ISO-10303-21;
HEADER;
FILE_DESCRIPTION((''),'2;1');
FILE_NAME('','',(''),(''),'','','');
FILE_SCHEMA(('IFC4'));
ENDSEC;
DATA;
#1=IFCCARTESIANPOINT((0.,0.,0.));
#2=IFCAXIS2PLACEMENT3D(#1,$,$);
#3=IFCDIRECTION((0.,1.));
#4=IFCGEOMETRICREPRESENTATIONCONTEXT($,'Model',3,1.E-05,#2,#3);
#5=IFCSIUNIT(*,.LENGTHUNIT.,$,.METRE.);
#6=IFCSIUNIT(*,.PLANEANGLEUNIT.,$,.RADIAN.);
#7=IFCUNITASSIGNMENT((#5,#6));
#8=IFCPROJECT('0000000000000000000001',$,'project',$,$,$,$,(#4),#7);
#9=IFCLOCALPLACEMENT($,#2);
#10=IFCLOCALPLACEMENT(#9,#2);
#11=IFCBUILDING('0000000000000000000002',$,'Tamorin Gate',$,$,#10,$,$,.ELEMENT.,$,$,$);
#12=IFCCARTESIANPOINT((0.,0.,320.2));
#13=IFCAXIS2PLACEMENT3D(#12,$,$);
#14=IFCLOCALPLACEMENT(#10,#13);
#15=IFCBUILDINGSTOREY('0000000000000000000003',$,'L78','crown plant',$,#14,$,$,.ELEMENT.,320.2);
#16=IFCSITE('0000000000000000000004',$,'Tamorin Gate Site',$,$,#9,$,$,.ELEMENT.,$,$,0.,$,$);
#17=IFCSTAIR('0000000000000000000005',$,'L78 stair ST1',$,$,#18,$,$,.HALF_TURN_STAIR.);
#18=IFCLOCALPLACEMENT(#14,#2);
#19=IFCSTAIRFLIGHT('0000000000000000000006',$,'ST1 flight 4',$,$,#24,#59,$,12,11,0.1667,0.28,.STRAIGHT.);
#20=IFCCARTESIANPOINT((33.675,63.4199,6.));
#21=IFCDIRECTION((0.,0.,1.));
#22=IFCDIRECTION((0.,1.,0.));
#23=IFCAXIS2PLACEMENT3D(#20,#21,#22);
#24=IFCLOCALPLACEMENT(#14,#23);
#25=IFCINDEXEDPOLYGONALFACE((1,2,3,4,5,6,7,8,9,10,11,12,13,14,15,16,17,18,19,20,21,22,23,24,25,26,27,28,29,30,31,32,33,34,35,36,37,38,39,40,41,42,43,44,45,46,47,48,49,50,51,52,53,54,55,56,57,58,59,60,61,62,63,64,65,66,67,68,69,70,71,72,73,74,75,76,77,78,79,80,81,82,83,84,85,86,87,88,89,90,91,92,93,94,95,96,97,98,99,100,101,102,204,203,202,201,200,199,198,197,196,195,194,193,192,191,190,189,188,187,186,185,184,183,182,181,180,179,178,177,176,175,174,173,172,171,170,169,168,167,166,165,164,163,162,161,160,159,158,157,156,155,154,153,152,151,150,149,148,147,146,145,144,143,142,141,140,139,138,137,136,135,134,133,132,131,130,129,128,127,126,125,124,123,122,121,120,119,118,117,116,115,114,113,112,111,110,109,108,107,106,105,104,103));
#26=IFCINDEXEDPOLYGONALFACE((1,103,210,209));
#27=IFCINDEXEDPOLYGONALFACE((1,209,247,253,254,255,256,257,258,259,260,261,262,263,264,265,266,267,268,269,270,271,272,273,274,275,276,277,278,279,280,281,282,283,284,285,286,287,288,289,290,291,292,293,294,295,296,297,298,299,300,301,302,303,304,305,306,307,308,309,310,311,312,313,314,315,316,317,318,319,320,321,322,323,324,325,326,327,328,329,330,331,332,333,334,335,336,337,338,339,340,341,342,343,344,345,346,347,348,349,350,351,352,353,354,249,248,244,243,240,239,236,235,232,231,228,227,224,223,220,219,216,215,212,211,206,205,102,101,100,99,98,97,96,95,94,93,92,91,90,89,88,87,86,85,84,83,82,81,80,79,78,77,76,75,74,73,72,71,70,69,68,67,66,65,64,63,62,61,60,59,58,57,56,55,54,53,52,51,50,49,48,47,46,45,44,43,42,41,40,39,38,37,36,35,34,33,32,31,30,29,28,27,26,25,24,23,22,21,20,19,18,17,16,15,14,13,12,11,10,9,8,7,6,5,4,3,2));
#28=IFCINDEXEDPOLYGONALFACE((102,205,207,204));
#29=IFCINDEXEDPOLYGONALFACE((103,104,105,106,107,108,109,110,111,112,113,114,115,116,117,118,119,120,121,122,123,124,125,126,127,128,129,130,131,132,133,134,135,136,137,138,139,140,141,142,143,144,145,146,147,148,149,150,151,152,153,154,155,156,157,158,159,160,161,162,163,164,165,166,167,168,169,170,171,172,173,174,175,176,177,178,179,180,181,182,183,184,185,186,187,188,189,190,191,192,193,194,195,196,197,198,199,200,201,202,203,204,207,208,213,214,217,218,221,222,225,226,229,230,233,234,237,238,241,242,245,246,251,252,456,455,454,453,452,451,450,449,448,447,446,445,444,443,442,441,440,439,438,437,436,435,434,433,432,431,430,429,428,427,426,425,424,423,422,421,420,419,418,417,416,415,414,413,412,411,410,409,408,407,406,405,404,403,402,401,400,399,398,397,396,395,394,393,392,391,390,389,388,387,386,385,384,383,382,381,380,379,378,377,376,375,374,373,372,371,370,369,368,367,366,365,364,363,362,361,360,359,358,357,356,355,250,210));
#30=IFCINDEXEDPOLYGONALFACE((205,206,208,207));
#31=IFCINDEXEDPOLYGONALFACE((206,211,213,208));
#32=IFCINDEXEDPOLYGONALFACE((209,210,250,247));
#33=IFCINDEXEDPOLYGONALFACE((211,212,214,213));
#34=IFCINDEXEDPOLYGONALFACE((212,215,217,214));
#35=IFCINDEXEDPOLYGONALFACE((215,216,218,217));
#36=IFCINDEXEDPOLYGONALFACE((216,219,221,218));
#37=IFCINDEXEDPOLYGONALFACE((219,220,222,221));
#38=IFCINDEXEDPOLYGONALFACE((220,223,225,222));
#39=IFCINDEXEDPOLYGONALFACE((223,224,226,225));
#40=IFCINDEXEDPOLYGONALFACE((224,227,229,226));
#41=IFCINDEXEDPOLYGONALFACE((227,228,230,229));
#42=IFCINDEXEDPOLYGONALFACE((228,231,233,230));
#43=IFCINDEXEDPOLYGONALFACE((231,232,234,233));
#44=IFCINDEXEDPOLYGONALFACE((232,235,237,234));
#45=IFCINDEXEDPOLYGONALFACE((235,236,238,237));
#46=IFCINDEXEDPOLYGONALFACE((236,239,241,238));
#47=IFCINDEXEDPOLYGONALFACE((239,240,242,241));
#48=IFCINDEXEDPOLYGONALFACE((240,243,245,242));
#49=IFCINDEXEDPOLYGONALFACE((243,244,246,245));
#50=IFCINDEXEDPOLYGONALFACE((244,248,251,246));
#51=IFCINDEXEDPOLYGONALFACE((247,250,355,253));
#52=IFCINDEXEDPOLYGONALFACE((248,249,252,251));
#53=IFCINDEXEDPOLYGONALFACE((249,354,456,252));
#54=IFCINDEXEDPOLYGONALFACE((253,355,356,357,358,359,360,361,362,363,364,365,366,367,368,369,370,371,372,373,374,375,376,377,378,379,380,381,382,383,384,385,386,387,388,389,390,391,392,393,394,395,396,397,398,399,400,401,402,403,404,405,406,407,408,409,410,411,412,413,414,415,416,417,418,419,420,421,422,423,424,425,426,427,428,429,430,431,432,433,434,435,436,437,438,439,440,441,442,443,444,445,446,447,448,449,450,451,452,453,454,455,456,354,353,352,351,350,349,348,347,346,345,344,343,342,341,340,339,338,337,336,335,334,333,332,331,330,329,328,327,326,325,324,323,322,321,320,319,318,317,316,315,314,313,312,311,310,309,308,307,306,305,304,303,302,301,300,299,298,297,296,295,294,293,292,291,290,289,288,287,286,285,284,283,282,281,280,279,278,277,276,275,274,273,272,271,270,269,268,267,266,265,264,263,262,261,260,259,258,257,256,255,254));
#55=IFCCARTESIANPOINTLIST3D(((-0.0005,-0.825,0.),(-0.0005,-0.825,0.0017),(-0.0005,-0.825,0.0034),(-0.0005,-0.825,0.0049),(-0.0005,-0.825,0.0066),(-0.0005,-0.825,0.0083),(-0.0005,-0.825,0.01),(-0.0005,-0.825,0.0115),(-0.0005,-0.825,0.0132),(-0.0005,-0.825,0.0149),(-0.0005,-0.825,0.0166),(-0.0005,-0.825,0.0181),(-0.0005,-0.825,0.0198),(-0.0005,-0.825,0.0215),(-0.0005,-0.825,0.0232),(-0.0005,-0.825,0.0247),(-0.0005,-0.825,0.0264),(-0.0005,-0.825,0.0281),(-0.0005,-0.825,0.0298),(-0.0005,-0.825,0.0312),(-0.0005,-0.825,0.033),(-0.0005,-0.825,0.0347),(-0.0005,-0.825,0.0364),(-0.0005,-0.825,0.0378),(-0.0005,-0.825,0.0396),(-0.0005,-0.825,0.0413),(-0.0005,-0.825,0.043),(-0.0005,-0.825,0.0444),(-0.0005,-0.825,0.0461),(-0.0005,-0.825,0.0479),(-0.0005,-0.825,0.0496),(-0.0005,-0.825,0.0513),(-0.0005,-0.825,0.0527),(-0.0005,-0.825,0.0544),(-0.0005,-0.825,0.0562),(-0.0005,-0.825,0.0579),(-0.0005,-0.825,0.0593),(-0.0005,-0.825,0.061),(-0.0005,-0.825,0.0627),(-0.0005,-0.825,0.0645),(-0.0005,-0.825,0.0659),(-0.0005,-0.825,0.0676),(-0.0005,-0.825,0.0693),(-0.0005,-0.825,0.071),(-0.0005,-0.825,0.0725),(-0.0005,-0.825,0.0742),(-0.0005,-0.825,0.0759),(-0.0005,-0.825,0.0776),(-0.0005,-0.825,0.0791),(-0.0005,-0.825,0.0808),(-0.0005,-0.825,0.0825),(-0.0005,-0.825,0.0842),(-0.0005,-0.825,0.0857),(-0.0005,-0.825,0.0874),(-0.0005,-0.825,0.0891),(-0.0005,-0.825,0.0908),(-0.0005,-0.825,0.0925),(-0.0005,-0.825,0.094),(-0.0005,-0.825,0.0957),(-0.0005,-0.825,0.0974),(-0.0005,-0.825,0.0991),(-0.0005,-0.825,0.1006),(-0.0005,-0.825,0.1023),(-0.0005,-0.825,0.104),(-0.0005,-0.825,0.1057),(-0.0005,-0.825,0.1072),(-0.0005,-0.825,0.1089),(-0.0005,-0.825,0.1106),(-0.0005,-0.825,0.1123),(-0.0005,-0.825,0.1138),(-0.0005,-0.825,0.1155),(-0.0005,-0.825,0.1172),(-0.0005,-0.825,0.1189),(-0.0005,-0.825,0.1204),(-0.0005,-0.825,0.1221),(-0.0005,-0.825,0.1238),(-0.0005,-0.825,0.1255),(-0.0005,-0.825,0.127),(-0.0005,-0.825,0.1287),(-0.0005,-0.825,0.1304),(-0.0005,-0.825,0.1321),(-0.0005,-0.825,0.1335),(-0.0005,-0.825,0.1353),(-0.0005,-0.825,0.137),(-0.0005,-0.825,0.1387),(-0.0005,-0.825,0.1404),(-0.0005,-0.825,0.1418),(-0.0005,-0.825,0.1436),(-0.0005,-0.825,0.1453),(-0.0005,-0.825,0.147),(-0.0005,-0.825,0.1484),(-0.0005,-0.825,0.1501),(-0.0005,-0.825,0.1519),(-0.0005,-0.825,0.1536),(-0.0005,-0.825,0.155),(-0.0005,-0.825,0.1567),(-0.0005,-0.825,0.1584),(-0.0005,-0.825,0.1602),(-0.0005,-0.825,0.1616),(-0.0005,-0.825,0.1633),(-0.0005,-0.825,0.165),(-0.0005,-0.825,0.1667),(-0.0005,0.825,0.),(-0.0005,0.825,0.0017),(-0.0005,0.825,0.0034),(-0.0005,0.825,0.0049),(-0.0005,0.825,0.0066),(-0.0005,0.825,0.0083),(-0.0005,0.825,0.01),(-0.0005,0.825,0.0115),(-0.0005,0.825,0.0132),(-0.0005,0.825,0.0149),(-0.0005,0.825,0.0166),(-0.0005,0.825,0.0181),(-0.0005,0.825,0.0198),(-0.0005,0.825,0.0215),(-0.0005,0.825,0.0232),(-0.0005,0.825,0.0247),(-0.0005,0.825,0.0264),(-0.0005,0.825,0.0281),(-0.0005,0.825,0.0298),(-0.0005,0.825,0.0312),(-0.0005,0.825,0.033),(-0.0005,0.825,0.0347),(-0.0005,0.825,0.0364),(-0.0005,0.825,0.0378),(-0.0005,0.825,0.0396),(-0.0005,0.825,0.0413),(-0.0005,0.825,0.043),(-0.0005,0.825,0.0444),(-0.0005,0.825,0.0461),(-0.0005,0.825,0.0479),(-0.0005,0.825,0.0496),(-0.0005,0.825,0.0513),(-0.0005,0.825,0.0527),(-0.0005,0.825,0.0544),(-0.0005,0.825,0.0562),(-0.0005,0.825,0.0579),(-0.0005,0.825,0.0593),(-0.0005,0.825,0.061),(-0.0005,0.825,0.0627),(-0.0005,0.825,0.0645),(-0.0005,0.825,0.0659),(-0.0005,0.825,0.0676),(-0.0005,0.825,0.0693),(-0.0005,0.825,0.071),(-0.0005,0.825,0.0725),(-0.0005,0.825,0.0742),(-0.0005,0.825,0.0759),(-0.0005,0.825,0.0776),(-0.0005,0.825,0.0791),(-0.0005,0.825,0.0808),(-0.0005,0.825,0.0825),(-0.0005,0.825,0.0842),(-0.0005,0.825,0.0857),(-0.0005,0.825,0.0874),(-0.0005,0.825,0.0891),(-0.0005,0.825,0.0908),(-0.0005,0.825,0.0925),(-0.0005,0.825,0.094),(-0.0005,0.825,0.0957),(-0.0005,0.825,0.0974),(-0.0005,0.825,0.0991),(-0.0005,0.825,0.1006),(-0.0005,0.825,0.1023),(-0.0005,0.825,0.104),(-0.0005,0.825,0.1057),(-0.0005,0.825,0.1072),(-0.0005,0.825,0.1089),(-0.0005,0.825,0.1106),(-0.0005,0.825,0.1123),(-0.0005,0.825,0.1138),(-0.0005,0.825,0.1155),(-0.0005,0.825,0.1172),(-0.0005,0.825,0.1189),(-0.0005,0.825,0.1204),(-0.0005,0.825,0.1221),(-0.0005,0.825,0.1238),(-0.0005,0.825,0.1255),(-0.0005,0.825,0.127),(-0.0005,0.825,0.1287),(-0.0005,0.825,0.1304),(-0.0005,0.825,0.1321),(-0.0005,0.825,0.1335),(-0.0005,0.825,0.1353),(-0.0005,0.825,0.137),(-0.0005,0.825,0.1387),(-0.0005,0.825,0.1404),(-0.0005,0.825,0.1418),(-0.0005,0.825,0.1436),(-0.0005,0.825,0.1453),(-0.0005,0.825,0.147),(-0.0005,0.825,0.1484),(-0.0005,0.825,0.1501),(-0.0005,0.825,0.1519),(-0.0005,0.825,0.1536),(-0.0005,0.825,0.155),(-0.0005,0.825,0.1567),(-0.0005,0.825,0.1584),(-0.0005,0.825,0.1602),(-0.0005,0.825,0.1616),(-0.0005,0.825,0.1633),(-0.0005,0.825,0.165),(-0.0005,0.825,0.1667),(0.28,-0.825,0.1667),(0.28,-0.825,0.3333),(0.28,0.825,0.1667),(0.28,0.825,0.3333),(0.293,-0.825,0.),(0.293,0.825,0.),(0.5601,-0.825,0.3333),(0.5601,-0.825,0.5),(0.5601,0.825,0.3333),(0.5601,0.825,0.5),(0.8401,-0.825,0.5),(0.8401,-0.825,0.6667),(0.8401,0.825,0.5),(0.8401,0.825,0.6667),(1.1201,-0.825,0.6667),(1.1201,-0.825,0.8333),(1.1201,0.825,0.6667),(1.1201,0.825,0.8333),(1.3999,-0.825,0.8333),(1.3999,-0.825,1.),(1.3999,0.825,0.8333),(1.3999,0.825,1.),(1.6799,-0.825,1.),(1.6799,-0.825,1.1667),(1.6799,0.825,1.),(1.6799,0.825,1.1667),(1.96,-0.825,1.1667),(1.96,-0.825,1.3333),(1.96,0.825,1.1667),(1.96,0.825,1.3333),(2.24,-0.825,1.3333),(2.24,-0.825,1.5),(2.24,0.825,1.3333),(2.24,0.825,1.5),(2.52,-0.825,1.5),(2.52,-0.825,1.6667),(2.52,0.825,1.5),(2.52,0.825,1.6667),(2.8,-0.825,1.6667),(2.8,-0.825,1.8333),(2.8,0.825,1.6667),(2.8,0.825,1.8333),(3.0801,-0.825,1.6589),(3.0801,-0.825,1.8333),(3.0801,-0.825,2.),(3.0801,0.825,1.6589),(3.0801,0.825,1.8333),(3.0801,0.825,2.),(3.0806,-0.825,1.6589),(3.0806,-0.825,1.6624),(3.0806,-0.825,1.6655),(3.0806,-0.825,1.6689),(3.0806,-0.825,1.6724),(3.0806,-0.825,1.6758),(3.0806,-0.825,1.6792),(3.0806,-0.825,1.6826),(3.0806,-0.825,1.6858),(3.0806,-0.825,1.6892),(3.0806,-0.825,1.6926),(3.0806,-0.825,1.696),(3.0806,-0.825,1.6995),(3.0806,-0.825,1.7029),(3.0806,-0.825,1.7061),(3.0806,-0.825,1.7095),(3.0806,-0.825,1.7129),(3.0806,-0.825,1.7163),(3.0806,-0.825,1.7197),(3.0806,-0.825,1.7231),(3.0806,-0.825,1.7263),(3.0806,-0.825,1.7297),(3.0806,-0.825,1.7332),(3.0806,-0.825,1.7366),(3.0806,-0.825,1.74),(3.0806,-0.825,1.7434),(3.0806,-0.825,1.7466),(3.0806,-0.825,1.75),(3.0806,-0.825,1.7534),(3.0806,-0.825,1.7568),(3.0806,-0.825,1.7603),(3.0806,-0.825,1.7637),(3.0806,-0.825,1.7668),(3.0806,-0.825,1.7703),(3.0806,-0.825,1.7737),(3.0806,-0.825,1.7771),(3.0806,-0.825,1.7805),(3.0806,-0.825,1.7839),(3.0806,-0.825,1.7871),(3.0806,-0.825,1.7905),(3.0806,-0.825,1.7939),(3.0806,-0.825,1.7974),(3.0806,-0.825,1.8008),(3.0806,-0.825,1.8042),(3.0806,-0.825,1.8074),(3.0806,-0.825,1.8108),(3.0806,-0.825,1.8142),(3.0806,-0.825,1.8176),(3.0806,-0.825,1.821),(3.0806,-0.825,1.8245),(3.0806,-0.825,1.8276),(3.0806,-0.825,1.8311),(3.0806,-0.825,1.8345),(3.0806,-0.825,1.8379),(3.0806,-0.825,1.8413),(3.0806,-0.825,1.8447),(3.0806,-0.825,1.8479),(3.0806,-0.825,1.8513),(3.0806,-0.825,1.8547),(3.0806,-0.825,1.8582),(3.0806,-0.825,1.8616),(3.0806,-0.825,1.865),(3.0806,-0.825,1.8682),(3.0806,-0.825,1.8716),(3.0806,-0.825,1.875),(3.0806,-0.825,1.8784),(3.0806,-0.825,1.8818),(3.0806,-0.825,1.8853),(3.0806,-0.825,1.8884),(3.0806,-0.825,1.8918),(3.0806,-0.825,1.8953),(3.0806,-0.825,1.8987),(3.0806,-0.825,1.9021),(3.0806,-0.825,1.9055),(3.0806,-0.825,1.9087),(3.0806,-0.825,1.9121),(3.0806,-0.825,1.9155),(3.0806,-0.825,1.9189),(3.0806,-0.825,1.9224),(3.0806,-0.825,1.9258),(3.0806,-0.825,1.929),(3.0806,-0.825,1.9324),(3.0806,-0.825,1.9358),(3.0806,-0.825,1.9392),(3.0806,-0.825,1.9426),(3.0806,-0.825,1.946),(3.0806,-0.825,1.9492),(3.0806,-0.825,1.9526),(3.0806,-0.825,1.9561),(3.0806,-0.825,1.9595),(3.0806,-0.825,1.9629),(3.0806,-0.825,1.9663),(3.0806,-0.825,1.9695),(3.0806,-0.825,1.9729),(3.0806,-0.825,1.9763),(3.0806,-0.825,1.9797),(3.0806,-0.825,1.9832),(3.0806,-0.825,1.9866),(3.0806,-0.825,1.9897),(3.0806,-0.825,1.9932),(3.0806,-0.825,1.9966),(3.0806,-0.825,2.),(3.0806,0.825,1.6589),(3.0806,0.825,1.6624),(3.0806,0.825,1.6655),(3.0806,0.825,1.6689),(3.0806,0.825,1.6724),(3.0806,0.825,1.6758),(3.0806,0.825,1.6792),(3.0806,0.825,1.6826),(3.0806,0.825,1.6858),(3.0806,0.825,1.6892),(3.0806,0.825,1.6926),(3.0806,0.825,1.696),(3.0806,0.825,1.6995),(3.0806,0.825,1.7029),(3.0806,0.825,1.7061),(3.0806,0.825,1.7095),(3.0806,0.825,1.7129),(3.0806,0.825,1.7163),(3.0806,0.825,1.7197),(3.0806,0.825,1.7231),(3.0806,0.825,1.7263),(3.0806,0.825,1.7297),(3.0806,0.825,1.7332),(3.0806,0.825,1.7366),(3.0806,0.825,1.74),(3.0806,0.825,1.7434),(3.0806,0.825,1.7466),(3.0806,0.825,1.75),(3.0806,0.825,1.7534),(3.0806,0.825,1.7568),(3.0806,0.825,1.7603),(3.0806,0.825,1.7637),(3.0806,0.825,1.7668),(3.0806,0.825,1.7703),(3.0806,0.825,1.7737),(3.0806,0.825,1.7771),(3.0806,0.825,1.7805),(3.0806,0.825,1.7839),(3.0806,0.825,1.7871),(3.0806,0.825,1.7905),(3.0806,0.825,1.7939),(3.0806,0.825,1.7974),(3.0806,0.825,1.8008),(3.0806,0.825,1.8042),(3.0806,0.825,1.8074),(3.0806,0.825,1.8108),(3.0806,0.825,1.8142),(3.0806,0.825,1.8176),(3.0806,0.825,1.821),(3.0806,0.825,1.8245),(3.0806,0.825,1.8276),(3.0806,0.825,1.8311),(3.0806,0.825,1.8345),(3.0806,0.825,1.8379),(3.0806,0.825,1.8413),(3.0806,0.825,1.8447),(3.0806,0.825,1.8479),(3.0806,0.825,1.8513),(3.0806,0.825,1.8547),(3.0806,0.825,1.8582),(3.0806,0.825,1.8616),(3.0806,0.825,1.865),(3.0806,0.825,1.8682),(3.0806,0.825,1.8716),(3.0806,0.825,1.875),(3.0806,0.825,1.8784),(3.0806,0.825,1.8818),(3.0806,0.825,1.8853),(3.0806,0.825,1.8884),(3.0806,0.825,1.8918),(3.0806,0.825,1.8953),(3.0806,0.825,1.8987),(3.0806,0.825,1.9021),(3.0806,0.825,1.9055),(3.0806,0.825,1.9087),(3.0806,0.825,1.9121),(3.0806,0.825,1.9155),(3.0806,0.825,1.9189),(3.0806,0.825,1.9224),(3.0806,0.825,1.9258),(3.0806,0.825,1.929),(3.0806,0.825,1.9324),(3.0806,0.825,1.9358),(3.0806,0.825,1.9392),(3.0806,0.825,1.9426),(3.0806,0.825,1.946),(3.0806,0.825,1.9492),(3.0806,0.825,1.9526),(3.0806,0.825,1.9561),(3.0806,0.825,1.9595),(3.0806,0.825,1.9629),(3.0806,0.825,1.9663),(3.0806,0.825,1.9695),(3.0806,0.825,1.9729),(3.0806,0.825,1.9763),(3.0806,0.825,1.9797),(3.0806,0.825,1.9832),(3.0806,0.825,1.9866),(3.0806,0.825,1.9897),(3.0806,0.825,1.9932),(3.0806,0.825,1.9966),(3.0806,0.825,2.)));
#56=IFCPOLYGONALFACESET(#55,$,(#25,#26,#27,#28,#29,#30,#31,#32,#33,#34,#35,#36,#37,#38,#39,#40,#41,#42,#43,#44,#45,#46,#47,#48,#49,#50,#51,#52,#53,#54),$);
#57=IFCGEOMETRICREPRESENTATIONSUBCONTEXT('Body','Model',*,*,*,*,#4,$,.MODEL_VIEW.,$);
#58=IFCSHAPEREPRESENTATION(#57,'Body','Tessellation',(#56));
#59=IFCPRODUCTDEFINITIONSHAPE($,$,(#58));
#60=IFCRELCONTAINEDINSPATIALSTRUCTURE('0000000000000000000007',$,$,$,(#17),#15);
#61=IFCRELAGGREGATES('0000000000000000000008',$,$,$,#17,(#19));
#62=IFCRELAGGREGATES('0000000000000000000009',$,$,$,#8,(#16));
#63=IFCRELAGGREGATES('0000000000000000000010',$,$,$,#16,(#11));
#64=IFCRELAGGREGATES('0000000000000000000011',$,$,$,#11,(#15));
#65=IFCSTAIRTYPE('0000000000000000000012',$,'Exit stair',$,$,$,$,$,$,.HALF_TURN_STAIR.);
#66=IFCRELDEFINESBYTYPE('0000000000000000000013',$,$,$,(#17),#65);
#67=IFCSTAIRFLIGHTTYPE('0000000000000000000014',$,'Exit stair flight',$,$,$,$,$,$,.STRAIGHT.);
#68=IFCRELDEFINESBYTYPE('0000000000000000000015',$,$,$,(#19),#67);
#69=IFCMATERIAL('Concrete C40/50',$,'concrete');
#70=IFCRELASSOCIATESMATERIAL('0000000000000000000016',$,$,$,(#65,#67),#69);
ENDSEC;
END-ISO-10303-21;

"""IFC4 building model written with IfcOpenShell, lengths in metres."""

from ifc_helpers import new_model, si_unit, direction, frame, origin, place, context, subcontext, project, spatial, polyline, outline, extrude, material, type_object, element, aggregate, save


model = new_model("IFC4")

# Units and contexts
model_context = context("Model", 3, precision=1e-05, world=origin(), true_north=direction((0.0, 1.0)))
body_context = subcontext(model_context, "Body", "Model", "MODEL_VIEW")
ifc_project = project(units=[si_unit("LENGTHUNIT", "METRE"), si_unit("PLANEANGLEUNIT", "RADIAN")], contexts=[model_context])

# Site, building, storey
site_placement = place(None, origin())
site = spatial("IfcSite", under=ifc_project, at=site_placement, Name="Tamorin Gate Site", CompositionType="ELEMENT", RefElevation=0.0)
building_placement = place(site_placement, origin())
building = spatial("IfcBuilding", under=site, at=building_placement, Name="Tamorin Gate", CompositionType="ELEMENT")
storey_placement = place(building_placement, frame((0.0, 0.0, 320.2)))
storey = spatial("IfcBuildingStorey", under=building, at=storey_placement, Name="L78", Description="crown plant", CompositionType="ELEMENT", Elevation=320.2)

# Shared definitions
ifc_material_1 = material(Name="Concrete C40/50", Category="concrete")

# Stair, stair flight
stair_type = type_object("IfcStairType", Name="Exit stair", PredefinedType="HALF_TURN_STAIR", material=ifc_material_1)
stair_placement = place(storey_placement, origin())
stair = element("IfcStair", 1, at=stair_placement, inside=storey, type_object=stair_type, Name="L78 stair ST1", PredefinedType="HALF_TURN_STAIR")
stair_flight_type = type_object("IfcStairFlightType", Name="Exit stair flight", PredefinedType="STRAIGHT", material=ifc_material_1)
stair_flight_1_placement = place(storey_placement, frame((33.675, 63.4199, 6.0), z_axis=(0.0, 0.0, 1.0), x_axis=(0.0, 1.0, 0.0)))
stair_flight_1 = element("IfcStairFlight", 2, at=stair_flight_1_placement, type_object=stair_flight_type, Name="ST1 flight 4", NumberOfRisers=12, NumberOfTreads=11, PredefinedType="STRAIGHT", RiserHeight=0.1667, TreadLength=0.28, context=body_context, shape_type="SweptSolid", body=[
    extrude(outline(polyline([(-0.0005, 0.0), (-0.0005, 0.0017), (-0.0005, 0.0034), (-0.0005, 0.0049), (-0.0005, 0.0066), (-0.0005, 0.0083), (-0.0005, 0.01), (-0.0005, 0.0115), (-0.0005, 0.0132), (-0.0005, 0.0149), (-0.0005, 0.0166), (-0.0005, 0.0181), (-0.0005, 0.0198), (-0.0005, 0.0215), (-0.0005, 0.0232), (-0.0005, 0.0247), (-0.0005, 0.0264), (-0.0005, 0.0281), (-0.0005, 0.0298), (-0.0005, 0.0312), (-0.0005, 0.033), (-0.0005, 0.0347), (-0.0005, 0.0364), (-0.0005, 0.0378), (-0.0005, 0.0396), (-0.0005, 0.0413), (-0.0005, 0.043), (-0.0005, 0.0444), (-0.0005, 0.0461), (-0.0005, 0.0479), (-0.0005, 0.0496), (-0.0005, 0.0513), (-0.0005, 0.0527), (-0.0005, 0.0544), (-0.0005, 0.0562), (-0.0005, 0.0579), (-0.0005, 0.0593), (-0.0005, 0.061), (-0.0005, 0.0627), (-0.0005, 0.0645), (-0.0005, 0.0659), (-0.0005, 0.0676), (-0.0005, 0.0693), (-0.0005, 0.071), (-0.0005, 0.0725), (-0.0005, 0.0742), (-0.0005, 0.0759), (-0.0005, 0.0776), (-0.0005, 0.0791), (-0.0005, 0.0808), (-0.0005, 0.0825), (-0.0005, 0.0842), (-0.0005, 0.0857), (-0.0005, 0.0874), (-0.0005, 0.0891), (-0.0005, 0.0908), (-0.0005, 0.0925), (-0.0005, 0.094), (-0.0005, 0.0957), (-0.0005, 0.0974), (-0.0005, 0.0991), (-0.0005, 0.1006), (-0.0005, 0.1023), (-0.0005, 0.104), (-0.0005, 0.1057), (-0.0005, 0.1072), (-0.0005, 0.1089), (-0.0005, 0.1106), (-0.0005, 0.1123), (-0.0005, 0.1138), (-0.0005, 0.1155), (-0.0005, 0.1172), (-0.0005, 0.1189), (-0.0005, 0.1204), (-0.0005, 0.1221), (-0.0005, 0.1238), (-0.0005, 0.1255), (-0.0005, 0.127), (-0.0005, 0.1287), (-0.0005, 0.1304), (-0.0005, 0.1321), (-0.0005, 0.1335), (-0.0005, 0.1353), (-0.0005, 0.137), (-0.0005, 0.1387), (-0.0005, 0.1404), (-0.0005, 0.1418), (-0.0005, 0.1436), (-0.0005, 0.1453), (-0.0005, 0.147), (-0.0005, 0.1484), (-0.0005, 0.1501), (-0.0005, 0.1519), (-0.0005, 0.1536), (-0.0005, 0.155), (-0.0005, 0.1567), (-0.0005, 0.1584), (-0.0005, 0.1602), (-0.0005, 0.1616), (-0.0005, 0.1633), (-0.0005, 0.165), (-0.0005, 0.1667), (0.28, 0.1667), (0.28, 0.3333), (0.5601, 0.3333), (0.5601, 0.5), (0.8401, 0.5), (0.8401, 0.6667), (1.1201, 0.6667), (1.1201, 0.8333), (1.3999, 0.8333), (1.3999, 1.0), (1.6799, 1.0), (1.6799, 1.1667), (1.96, 1.1667), (1.96, 1.3333), (2.24, 1.3333), (2.24, 1.5), (2.52, 1.5), (2.52, 1.6667), (2.8, 1.6667), (2.8, 1.8333), (3.0801, 1.8333), (3.0801, 2.0), (3.0806, 2.0), (3.0806, 1.9966), (3.0806, 1.9932), (3.0806, 1.9897), (3.0806, 1.9866), (3.0806, 1.9832), (3.0806, 1.9797), (3.0806, 1.9763), (3.0806, 1.9729), (3.0806, 1.9695), (3.0806, 1.9663), (3.0806, 1.9629), (3.0806, 1.9595), (3.0806, 1.9561), (3.0806, 1.9526), (3.0806, 1.9492), (3.0806, 1.946), (3.0806, 1.9426), (3.0806, 1.9392), (3.0806, 1.9358), (3.0806, 1.9324), (3.0806, 1.929), (3.0806, 1.9258), (3.0806, 1.9224), (3.0806, 1.9189), (3.0806, 1.9155), (3.0806, 1.9121), (3.0806, 1.9087), (3.0806, 1.9055), (3.0806, 1.9021), (3.0806, 1.8987), (3.0806, 1.8953), (3.0806, 1.8918), (3.0806, 1.8884), (3.0806, 1.8853), (3.0806, 1.8818), (3.0806, 1.8784), (3.0806, 1.875), (3.0806, 1.8716), (3.0806, 1.8682), (3.0806, 1.865), (3.0806, 1.8616), (3.0806, 1.8582), (3.0806, 1.8547), (3.0806, 1.8513), (3.0806, 1.8479), (3.0806, 1.8447), (3.0806, 1.8413), (3.0806, 1.8379), (3.0806, 1.8345), (3.0806, 1.8311), (3.0806, 1.8276), (3.0806, 1.8245), (3.0806, 1.821), (3.0806, 1.8176), (3.0806, 1.8142), (3.0806, 1.8108), (3.0806, 1.8074), (3.0806, 1.8042), (3.0806, 1.8008), (3.0806, 1.7974), (3.0806, 1.7939), (3.0806, 1.7905), (3.0806, 1.7871), (3.0806, 1.7839), (3.0806, 1.7805), (3.0806, 1.7771), (3.0806, 1.7737), (3.0806, 1.7703), (3.0806, 1.7668), (3.0806, 1.7637), (3.0806, 1.7603), (3.0806, 1.7568), (3.0806, 1.7534), (3.0806, 1.75), (3.0806, 1.7466), (3.0806, 1.7434), (3.0806, 1.74), (3.0806, 1.7366), (3.0806, 1.7332), (3.0806, 1.7297), (3.0806, 1.7263), (3.0806, 1.7231), (3.0806, 1.7197), (3.0806, 1.7163), (3.0806, 1.7129), (3.0806, 1.7095), (3.0806, 1.7061), (3.0806, 1.7029), (3.0806, 1.6995), (3.0806, 1.696), (3.0806, 1.6926), (3.0806, 1.6892), (3.0806, 1.6858), (3.0806, 1.6826), (3.0806, 1.6792), (3.0806, 1.6758), (3.0806, 1.6724), (3.0806, 1.6689), (3.0806, 1.6655), (3.0806, 1.6624), (3.0806, 1.6589), (3.0801, 1.6589), (0.293, 0.0), (-0.0005, 0.0)])), frame((0.0, 0.825, 0.0), z_axis=(0.0, -1.0, 0.0), x_axis=(1.0, 0.0, 0.0)), (0.0, 0.0, 1.0), 1.6499),
])
aggregate(stair, [stair_flight_1])

save(model, "model.ifc")
